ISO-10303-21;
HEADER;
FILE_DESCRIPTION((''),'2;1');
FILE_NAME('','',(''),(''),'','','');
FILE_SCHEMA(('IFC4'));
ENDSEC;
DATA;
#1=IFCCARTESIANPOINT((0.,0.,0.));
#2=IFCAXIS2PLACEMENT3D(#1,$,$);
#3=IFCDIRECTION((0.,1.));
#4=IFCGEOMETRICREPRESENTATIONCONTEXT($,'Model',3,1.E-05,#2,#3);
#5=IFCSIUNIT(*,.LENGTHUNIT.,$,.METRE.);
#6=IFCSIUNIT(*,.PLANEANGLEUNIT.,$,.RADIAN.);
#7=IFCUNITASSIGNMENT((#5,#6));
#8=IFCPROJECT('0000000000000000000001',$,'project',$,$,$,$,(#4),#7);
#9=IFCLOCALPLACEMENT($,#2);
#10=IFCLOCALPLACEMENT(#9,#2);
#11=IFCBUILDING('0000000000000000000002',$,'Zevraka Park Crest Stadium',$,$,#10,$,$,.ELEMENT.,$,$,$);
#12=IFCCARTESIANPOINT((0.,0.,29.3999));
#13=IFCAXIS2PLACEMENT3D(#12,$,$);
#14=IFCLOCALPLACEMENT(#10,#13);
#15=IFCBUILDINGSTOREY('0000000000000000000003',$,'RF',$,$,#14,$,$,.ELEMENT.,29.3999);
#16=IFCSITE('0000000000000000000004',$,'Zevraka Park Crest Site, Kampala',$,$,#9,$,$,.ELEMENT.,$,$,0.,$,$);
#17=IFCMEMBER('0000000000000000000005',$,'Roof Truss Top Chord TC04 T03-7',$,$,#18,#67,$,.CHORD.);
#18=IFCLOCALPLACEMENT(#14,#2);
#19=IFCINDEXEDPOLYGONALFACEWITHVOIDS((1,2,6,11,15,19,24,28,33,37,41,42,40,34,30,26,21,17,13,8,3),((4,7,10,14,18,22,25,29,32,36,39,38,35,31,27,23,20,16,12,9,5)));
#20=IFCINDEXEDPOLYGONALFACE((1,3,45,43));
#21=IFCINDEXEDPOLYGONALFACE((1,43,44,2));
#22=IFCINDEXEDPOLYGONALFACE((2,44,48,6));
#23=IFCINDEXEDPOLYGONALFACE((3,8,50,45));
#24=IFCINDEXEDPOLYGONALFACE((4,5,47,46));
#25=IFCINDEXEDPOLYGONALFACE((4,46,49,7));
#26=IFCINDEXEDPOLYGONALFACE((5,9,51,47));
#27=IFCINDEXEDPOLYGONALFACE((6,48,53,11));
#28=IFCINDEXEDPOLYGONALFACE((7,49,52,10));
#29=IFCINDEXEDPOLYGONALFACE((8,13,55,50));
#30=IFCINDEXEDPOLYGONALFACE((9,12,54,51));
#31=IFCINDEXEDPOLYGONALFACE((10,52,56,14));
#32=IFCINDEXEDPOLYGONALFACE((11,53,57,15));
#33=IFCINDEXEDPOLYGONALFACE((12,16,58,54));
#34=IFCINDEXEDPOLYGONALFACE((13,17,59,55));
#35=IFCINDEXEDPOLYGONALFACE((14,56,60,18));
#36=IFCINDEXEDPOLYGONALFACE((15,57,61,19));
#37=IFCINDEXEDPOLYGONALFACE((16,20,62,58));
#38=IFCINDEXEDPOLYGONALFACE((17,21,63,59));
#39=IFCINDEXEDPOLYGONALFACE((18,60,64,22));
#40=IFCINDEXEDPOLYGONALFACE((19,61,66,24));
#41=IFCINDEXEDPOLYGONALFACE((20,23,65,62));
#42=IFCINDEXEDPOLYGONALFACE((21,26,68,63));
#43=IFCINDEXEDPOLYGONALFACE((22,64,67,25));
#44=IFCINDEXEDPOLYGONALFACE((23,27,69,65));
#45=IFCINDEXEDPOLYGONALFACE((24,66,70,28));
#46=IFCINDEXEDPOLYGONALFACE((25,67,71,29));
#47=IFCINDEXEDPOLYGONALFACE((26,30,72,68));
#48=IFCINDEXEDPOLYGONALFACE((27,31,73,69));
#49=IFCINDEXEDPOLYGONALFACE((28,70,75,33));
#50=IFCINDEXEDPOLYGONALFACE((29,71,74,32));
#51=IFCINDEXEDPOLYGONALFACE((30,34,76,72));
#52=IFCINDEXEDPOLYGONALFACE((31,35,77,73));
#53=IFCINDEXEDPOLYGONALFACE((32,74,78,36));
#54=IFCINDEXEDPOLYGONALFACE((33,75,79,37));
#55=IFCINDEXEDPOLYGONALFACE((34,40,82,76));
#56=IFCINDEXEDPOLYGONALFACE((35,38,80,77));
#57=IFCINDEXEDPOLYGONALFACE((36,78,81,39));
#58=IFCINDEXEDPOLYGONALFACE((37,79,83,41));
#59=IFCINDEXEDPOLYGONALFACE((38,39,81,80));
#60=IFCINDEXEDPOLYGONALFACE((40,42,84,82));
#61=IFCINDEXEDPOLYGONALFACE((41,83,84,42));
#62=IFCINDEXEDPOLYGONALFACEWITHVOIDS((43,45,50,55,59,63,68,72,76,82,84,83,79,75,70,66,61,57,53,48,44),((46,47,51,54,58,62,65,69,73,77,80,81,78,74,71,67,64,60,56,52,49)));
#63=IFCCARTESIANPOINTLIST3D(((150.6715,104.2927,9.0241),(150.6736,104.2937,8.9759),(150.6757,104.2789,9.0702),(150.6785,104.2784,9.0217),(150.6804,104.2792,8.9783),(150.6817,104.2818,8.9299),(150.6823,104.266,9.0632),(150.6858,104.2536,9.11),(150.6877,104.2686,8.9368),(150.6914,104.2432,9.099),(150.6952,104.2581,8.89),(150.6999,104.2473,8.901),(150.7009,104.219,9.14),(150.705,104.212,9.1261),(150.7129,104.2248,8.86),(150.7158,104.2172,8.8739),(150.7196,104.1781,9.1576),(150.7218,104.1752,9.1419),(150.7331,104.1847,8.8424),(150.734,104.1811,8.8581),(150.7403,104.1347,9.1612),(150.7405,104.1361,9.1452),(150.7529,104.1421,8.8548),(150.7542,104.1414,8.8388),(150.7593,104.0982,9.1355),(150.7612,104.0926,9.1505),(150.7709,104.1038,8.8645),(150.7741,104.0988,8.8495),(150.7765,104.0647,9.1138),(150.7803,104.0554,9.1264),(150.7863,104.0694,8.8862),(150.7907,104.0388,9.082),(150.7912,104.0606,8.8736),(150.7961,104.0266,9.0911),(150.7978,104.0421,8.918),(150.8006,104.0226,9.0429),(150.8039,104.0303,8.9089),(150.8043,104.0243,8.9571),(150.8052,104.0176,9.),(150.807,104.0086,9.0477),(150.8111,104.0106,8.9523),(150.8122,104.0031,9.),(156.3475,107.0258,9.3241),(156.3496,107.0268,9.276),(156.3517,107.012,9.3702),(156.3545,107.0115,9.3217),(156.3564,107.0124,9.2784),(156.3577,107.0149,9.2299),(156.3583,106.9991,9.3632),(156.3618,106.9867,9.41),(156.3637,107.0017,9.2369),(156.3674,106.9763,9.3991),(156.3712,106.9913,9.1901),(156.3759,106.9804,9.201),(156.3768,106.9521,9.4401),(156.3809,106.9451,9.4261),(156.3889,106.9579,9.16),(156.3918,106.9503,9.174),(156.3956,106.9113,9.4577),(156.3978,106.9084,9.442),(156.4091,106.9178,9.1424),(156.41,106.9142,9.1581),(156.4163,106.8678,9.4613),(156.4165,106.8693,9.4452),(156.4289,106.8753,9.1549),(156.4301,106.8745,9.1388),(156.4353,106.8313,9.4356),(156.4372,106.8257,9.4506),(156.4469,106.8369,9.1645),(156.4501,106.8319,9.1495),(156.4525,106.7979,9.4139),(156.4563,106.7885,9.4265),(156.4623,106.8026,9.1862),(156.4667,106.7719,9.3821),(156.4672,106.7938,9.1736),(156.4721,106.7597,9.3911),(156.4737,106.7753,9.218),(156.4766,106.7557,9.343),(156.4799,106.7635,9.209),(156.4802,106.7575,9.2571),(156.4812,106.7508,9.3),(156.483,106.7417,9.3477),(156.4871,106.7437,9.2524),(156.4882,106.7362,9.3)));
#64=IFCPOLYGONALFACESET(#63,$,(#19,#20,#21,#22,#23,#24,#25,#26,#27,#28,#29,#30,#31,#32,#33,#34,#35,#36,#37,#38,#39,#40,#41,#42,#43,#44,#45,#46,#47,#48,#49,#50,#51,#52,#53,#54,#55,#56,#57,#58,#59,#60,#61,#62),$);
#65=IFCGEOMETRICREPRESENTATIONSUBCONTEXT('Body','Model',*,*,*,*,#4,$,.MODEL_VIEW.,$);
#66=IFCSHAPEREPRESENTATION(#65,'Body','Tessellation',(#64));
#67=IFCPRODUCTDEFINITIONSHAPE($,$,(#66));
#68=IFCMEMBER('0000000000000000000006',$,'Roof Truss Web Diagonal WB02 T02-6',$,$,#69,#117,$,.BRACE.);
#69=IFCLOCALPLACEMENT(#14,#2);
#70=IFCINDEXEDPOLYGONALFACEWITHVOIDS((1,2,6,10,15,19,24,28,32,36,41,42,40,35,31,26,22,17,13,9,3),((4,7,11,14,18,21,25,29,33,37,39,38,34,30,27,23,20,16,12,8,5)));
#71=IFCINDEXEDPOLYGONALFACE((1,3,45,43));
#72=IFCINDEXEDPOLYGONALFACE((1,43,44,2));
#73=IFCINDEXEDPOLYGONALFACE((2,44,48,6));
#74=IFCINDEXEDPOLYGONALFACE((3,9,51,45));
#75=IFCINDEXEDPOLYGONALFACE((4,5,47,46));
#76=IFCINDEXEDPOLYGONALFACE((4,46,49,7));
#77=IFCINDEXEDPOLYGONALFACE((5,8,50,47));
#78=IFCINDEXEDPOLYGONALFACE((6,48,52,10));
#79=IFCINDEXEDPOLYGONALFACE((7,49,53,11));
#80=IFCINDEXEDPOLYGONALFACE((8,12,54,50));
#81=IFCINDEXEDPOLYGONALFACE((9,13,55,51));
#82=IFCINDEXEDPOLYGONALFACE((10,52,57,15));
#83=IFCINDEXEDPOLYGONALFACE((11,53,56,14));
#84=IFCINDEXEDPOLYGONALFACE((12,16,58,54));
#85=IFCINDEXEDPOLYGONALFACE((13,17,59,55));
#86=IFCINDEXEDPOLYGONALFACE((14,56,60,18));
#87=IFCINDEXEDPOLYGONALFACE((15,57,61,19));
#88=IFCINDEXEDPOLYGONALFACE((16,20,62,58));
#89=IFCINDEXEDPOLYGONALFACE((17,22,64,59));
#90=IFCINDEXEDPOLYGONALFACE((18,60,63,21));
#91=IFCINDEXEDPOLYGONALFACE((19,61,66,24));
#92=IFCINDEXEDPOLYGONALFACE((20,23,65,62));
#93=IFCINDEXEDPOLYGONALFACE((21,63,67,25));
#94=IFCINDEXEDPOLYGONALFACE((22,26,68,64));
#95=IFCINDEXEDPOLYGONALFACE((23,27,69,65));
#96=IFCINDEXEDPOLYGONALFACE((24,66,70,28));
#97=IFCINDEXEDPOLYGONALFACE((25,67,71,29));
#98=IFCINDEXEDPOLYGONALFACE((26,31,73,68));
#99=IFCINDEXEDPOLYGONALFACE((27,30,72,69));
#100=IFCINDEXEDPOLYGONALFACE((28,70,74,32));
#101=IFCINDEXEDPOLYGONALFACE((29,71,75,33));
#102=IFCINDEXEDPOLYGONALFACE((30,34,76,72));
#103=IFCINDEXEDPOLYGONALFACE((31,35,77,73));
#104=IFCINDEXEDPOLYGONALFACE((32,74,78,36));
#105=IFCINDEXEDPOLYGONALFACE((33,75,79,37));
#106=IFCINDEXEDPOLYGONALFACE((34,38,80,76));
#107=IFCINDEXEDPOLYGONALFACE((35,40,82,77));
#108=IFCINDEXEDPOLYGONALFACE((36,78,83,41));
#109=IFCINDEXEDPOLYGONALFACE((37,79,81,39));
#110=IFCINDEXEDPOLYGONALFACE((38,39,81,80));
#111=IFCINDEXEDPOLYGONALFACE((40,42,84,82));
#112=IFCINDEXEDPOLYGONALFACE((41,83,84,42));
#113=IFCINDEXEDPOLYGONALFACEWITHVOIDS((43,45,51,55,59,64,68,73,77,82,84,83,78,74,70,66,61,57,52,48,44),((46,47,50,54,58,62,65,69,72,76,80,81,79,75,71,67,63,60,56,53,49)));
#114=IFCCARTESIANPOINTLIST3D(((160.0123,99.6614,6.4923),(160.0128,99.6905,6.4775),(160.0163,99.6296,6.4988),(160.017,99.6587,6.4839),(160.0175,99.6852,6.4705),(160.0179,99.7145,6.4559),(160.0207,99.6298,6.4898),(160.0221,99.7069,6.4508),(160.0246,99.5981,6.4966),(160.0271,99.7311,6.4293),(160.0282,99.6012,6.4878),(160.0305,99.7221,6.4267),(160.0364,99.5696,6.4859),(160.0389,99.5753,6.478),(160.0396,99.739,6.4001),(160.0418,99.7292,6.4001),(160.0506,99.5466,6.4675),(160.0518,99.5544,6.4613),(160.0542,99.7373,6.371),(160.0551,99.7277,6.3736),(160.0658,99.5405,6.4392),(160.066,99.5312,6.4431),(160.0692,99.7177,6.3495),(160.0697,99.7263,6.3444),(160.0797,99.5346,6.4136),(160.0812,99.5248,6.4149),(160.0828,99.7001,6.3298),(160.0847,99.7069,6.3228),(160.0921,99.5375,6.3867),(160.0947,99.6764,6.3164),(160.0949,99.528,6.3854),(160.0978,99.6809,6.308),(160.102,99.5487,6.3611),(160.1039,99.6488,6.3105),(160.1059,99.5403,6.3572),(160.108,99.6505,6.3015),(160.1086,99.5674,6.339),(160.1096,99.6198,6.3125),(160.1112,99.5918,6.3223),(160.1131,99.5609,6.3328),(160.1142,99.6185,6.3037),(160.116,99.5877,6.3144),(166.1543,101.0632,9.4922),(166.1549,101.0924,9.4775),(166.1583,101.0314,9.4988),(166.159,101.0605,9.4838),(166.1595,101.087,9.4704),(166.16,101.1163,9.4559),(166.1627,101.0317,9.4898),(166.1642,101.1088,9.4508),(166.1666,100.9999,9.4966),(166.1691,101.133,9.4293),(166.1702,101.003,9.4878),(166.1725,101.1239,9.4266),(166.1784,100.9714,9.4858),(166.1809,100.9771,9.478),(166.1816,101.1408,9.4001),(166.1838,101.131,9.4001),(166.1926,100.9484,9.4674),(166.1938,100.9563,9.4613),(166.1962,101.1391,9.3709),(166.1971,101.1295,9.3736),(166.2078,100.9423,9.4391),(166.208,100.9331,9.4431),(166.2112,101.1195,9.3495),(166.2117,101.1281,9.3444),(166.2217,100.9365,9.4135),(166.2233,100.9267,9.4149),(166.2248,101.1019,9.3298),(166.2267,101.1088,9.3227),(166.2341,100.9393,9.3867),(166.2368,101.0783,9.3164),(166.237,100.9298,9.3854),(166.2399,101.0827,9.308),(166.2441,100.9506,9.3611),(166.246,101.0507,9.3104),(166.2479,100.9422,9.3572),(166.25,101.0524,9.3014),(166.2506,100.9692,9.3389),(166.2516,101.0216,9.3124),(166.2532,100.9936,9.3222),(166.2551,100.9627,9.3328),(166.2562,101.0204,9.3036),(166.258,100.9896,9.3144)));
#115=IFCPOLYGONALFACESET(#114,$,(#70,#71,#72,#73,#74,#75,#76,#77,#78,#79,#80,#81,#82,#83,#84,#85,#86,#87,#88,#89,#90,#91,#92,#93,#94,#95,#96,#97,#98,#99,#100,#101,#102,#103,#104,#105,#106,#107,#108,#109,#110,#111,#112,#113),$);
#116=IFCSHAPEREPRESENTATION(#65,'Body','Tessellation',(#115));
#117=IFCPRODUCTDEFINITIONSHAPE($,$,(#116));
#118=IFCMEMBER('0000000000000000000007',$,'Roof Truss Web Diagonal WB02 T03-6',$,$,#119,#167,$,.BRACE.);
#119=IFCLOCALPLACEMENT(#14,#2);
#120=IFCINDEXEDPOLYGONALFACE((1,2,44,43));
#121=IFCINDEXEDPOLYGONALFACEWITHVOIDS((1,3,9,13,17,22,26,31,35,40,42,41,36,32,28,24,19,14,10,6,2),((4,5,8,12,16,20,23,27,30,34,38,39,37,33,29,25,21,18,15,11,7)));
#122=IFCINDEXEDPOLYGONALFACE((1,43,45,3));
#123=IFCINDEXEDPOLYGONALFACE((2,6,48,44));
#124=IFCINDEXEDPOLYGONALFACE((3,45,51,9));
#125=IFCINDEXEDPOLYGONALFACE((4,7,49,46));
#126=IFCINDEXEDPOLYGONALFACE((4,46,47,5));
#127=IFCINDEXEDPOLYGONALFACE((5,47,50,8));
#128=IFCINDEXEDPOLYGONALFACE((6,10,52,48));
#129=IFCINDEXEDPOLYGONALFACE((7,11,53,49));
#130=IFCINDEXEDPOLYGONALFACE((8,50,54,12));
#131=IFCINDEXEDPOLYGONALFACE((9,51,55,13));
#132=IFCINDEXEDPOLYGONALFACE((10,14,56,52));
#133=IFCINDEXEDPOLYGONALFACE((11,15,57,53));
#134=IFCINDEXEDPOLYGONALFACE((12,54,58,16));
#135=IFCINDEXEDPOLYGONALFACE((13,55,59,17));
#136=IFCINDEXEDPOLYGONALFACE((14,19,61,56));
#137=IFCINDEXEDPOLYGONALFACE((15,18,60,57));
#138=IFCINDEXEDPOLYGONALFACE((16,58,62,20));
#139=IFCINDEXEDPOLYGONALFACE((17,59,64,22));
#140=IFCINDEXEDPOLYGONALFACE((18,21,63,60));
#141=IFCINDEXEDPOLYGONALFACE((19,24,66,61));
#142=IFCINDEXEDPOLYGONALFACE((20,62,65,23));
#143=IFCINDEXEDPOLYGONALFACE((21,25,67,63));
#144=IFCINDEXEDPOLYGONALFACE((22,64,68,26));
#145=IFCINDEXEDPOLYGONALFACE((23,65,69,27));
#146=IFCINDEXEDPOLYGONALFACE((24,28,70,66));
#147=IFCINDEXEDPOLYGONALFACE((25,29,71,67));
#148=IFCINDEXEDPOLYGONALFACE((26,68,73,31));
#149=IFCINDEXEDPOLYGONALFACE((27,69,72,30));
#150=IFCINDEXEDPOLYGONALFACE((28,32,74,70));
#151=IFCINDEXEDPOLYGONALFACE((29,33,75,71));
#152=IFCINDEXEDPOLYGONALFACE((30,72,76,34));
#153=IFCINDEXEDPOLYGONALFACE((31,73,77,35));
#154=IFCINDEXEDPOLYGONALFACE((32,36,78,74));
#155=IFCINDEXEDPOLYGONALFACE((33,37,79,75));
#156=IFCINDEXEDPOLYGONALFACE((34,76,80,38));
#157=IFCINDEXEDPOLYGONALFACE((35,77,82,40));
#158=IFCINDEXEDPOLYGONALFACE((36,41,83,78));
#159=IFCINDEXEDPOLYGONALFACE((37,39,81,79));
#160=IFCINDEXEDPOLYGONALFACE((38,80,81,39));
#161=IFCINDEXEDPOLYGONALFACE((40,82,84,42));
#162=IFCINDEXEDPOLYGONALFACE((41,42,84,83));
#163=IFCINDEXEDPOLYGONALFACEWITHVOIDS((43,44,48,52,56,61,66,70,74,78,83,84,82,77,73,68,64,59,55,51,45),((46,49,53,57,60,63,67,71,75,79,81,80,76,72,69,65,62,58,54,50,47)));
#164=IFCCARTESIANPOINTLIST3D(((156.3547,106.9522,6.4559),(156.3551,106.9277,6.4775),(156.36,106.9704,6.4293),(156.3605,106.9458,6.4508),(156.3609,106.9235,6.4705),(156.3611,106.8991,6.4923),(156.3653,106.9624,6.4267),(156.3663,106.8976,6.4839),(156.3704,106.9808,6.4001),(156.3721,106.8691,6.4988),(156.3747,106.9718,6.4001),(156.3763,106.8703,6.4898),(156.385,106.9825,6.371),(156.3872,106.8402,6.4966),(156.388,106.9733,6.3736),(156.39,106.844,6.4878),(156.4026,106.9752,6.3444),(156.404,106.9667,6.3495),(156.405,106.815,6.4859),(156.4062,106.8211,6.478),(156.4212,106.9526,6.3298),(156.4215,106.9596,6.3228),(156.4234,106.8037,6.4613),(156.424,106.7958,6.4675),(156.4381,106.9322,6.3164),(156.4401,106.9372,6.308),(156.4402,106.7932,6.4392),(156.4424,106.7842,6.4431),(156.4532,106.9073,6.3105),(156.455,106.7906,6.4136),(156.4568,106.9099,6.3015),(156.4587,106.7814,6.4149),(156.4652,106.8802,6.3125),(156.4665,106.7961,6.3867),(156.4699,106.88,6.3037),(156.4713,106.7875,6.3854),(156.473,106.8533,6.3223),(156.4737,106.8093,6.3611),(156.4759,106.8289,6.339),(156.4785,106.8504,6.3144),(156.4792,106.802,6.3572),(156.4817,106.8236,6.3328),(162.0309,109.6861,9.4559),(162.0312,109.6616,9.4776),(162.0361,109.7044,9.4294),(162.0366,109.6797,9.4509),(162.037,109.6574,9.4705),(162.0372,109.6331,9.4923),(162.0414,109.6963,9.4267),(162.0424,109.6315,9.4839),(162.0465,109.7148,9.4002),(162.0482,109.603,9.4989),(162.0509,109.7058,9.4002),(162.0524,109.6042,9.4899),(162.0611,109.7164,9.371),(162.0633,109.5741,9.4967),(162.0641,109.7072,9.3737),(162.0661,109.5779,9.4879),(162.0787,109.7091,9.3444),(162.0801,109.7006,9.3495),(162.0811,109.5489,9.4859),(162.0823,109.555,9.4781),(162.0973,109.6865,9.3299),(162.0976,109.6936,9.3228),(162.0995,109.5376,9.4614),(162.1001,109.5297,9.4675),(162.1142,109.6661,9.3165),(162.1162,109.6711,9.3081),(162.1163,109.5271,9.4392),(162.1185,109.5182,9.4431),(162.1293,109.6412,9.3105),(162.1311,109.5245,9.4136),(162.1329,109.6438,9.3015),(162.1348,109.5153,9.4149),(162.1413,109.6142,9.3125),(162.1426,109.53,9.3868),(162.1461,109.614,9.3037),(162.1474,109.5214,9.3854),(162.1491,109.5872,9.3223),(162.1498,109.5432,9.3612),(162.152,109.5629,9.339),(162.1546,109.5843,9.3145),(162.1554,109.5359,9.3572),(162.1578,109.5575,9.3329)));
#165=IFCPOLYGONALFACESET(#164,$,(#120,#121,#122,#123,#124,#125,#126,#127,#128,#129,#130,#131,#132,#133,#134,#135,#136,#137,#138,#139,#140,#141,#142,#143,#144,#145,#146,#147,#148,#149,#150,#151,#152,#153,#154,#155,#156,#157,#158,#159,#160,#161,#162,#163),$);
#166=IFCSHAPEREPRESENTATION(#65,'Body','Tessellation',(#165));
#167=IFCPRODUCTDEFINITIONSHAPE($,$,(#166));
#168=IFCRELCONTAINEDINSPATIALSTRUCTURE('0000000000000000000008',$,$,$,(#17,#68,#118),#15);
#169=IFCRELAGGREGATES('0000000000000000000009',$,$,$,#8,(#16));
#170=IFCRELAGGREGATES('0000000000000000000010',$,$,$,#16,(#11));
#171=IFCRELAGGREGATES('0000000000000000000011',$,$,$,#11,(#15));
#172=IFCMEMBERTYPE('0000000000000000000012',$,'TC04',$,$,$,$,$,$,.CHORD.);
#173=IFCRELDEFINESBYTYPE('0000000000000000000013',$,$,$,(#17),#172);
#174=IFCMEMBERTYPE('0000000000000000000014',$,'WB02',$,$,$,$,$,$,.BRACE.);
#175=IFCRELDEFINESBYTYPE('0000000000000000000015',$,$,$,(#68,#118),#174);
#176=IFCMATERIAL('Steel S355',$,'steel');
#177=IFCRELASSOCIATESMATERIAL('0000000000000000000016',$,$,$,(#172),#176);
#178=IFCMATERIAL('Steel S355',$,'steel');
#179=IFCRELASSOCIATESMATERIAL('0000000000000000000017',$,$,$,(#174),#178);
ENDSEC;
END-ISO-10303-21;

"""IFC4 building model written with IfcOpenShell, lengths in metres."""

from ifc_helpers import new_model, si_unit, direction, frame, origin, origin_2d, place, context, subcontext, project, spatial, hollow_circle, extrude, material, material_profile, profile_set, type_object, element, save


model = new_model("IFC4")

# Units and contexts
model_context = context("Model", 3, precision=1e-05, world=origin(), true_north=direction((0.0, 1.0)))
body_context = subcontext(model_context, "Body", "Model", "MODEL_VIEW")
ifc_project = project(units=[si_unit("LENGTHUNIT", "METRE"), si_unit("PLANEANGLEUNIT", "RADIAN")], contexts=[model_context])

# Site, building, storey
site_placement = place(None, origin())
site = spatial("IfcSite", under=ifc_project, at=site_placement, Name="Zevraka Park Crest Site, Kampala", CompositionType="ELEMENT", RefElevation=0.0)
building_placement = place(site_placement, origin())
building = spatial("IfcBuilding", under=site, at=building_placement, Name="Zevraka Park Crest Stadium", CompositionType="ELEMENT")
storey_placement = place(building_placement, frame((0.0, 0.0, 29.3999)))
storey = spatial("IfcBuildingStorey", under=building, at=storey_placement, Name="RF", CompositionType="ELEMENT", Elevation=29.3999)

# Members
ifc_material_1 = material(Name="Steel S355", Category="steel")
ifc_material_profile_1 = material_profile(ifc_material_1, hollow_circle(Radius=0.1619, WallThickness=0.0161, at=origin_2d()), Name="CHS 323.9x16")
ifc_profile_set_1 = profile_set([ifc_material_profile_1], Name="Steel S355")
member_type_1 = type_object("IfcMemberType", Name="TC04", PredefinedType="CHORD", material=ifc_profile_set_1)
for number, where, z_axis, x_axis, name in (
    (1, (156.418, 106.8821, 9.3), (-0.899966, -0.433357, -0.047574), (0.433848, -0.900986, 0.0), "Roof Truss Top Chord TC04 T03-7"),
):
    element("IfcMember", number, at=place(storey_placement, frame(where, z_axis=z_axis, x_axis=x_axis)), inside=storey, type_object=member_type_1, Name=name, PredefinedType="CHORD", context=body_context, shape_type="SweptSolid", body=[
        extrude(hollow_circle(Radius=0.1619, WallThickness=0.0161, at=origin_2d()), origin(), (0.0, 0.0, 1.0), 6.3069),
    ])
ifc_material_2 = material(Name="Steel S355", Category="steel")
ifc_material_profile_2 = material_profile(ifc_material_2, hollow_circle(Radius=0.1096, WallThickness=0.01, at=origin_2d()), Name="CHS 219.1x10")
ifc_profile_set_2 = profile_set([ifc_material_profile_2], Name="Steel S355")
member_type_2 = type_object("IfcMemberType", Name="WB02", PredefinedType="BRACE", material=ifc_profile_set_2)
member_1_placement = place(storey_placement, frame((160.064, 99.6321, 6.4001), z_axis=(0.880226, 0.200901, 0.429932), x_axis=(-0.222515, 0.974929, 0.0)))
element("IfcMember", 2, at=member_1_placement, inside=storey, type_object=member_type_2, Name="Roof Truss Web Diagonal WB02 T02-6", PredefinedType="BRACE", context=body_context, shape_type="SweptSolid", body=[
    extrude(hollow_circle(Radius=0.1096, WallThickness=0.01, at=origin_2d()), origin(), (0.0, 0.0, 1.0), 6.9778),
])
member_2_placement = place(storey_placement, frame((156.418, 106.8821, 6.4001), z_axis=(0.813426, 0.391791, 0.429927), x_axis=(-0.433943, 0.900941, 0.0)))
element("IfcMember", 3, at=member_2_placement, inside=storey, type_object=member_type_2, Name="Roof Truss Web Diagonal WB02 T03-6", PredefinedType="BRACE", context=body_context, shape_type="SweptSolid", body=[
    extrude(hollow_circle(Radius=0.1096, WallThickness=0.01, at=origin_2d()), origin(), (0.0, 0.0, 1.0), 6.978),
])

save(model, "model.ifc")
